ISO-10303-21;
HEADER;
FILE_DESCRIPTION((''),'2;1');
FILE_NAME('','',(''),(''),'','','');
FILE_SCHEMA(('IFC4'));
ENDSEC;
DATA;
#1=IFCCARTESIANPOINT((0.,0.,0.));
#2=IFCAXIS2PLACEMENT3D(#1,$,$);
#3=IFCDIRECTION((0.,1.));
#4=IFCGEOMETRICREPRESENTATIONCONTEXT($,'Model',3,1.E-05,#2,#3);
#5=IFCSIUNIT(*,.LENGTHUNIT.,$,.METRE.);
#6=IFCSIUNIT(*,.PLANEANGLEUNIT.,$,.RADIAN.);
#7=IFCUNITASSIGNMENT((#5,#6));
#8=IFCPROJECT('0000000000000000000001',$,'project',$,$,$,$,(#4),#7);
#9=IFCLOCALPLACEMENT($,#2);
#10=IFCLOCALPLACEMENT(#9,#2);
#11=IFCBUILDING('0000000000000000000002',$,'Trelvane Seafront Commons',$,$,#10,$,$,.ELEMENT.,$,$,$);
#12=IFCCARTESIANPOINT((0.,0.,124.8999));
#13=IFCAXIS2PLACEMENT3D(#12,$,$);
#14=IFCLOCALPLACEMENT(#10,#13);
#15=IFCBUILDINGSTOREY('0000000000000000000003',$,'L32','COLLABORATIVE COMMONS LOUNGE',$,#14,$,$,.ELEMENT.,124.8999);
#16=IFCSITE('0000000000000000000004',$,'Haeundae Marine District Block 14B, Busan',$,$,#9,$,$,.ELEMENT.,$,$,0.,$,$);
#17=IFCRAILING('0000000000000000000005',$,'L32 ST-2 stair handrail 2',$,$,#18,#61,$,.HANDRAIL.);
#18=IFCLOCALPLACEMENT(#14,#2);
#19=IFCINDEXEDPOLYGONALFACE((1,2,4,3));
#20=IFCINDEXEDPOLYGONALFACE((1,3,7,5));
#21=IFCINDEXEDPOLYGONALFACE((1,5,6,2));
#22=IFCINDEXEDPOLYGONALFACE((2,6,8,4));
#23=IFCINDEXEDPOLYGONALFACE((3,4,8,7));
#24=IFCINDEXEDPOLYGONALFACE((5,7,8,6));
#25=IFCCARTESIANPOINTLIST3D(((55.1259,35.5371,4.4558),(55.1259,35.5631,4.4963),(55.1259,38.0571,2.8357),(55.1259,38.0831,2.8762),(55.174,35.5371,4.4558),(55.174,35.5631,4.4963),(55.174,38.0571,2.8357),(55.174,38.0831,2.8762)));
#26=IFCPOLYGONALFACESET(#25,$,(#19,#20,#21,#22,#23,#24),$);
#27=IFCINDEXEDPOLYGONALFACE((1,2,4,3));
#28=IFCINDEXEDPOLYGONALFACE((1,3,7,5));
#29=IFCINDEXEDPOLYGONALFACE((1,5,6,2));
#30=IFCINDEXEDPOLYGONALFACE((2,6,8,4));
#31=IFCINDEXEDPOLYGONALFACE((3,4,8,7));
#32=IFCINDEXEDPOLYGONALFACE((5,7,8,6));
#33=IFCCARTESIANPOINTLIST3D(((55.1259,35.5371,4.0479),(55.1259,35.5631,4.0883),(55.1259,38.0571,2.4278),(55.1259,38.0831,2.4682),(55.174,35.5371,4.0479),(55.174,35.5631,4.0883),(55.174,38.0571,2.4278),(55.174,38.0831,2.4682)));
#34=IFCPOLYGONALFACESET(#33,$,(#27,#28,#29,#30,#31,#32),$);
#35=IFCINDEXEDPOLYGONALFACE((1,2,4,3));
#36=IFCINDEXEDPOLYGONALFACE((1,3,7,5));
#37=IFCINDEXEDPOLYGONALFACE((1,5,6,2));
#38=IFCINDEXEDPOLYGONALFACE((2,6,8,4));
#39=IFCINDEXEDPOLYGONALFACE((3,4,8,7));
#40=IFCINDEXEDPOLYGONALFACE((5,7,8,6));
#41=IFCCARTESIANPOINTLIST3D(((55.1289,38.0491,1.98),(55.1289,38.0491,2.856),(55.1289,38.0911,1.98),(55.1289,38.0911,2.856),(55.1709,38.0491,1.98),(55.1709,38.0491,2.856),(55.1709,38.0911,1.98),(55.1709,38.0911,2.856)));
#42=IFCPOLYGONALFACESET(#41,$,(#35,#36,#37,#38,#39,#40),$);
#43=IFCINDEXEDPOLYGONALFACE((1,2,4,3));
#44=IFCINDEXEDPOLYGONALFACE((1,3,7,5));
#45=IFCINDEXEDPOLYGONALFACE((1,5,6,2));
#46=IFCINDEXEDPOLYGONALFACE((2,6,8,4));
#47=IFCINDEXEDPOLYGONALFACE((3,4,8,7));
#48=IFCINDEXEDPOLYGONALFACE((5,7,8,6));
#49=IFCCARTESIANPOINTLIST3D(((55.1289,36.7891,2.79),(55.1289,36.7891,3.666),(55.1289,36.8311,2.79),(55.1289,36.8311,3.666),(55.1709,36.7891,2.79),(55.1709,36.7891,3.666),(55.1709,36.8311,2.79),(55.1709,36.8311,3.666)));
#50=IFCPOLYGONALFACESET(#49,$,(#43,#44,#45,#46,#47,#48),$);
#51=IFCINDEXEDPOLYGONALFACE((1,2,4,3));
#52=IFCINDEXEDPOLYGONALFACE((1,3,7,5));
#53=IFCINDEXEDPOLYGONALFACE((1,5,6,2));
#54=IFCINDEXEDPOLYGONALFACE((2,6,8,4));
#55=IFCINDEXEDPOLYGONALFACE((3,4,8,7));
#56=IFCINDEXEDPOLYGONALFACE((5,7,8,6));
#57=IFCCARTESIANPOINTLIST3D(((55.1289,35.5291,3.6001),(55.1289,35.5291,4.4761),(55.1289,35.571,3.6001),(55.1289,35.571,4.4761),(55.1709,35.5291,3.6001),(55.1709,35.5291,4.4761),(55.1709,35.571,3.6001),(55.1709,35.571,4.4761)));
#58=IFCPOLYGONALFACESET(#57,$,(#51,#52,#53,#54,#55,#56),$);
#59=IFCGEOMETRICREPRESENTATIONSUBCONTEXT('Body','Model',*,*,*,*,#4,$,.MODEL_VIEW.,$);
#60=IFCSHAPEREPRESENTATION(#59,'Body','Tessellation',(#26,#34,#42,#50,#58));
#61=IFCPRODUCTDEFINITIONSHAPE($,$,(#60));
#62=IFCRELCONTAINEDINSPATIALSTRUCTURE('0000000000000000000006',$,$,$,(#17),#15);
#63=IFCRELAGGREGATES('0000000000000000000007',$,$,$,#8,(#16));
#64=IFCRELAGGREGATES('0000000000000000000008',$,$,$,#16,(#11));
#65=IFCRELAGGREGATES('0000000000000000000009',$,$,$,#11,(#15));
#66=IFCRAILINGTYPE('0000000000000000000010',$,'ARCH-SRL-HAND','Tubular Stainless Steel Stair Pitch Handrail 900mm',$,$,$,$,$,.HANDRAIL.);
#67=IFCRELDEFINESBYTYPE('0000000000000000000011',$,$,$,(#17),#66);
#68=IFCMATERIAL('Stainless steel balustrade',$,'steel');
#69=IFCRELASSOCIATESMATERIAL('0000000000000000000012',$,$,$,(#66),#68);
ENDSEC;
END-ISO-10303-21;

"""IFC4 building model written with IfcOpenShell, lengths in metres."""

from ifc_helpers import new_model, si_unit, direction, frame, origin, origin_2d, place, context, subcontext, project, spatial, rectangle, extrude, material, type_object, element, save


model = new_model("IFC4")

# Units and contexts
model_context = context("Model", 3, precision=1e-05, world=origin(), true_north=direction((0.0, 1.0)))
body_context = subcontext(model_context, "Body", "Model", "MODEL_VIEW")
ifc_project = project(units=[si_unit("LENGTHUNIT", "METRE"), si_unit("PLANEANGLEUNIT", "RADIAN")], contexts=[model_context])

# Site, building, storey
site_placement = place(None, origin())
site = spatial("IfcSite", under=ifc_project, at=site_placement, Name="Haeundae Marine District Block 14B, Busan", CompositionType="ELEMENT", RefElevation=0.0)
building_placement = place(site_placement, origin())
building = spatial("IfcBuilding", under=site, at=building_placement, Name="Trelvane Seafront Commons", CompositionType="ELEMENT")
storey_placement = place(building_placement, frame((0.0, 0.0, 124.8999)))
storey = spatial("IfcBuildingStorey", under=building, at=storey_placement, Name="L32", Description="COLLABORATIVE COMMONS LOUNGE", CompositionType="ELEMENT", Elevation=124.8999)

# Railing
ifc_material_1 = material(Name="Stainless steel balustrade", Category="steel")
railing_type_1 = type_object("IfcRailingType", Name="ARCH-SRL-HAND", Description="Tubular Stainless Steel Stair Pitch Handrail 900mm", PredefinedType="HANDRAIL", material=ifc_material_1)
railing_1_placement = place(storey_placement, frame((55.1499, 38.0701, 1.98)))
element("IfcRailing", 1, at=railing_1_placement, inside=storey, type_object=railing_type_1, Name="L32 ST-2 stair handrail 2", PredefinedType="HANDRAIL", context=body_context, shape_type="SweptSolid", body=[
    extrude(rectangle(XDim=0.0481, YDim=0.0481, at=origin_2d()), frame((0.0, 0.0, 0.876), z_axis=(0.0, -0.841163, 0.540782), x_axis=(1.0, 0.0, 0.0)), (0.0, 0.0, 1.0), 2.9958),
    extrude(rectangle(XDim=0.0481, YDim=0.0481, at=origin_2d()), frame((0.0, 0.0, 0.468), z_axis=(0.0, -0.841163, 0.540782), x_axis=(1.0, 0.0, 0.0)), (0.0, 0.0, 1.0), 2.9958),
    extrude(rectangle(XDim=0.042, YDim=0.042, at=origin_2d()), origin(), (0.0, 0.0, 1.0), 0.876),
    extrude(rectangle(XDim=0.042, YDim=0.042, at=origin_2d()), frame((0.0, -1.26, 0.8101)), (0.0, 0.0, 1.0), 0.876),
    extrude(rectangle(XDim=0.042, YDim=0.042, at=origin_2d()), frame((0.0, -2.52, 1.6201)), (0.0, 0.0, 1.0), 0.876),
])

save(model, "model.ifc")
